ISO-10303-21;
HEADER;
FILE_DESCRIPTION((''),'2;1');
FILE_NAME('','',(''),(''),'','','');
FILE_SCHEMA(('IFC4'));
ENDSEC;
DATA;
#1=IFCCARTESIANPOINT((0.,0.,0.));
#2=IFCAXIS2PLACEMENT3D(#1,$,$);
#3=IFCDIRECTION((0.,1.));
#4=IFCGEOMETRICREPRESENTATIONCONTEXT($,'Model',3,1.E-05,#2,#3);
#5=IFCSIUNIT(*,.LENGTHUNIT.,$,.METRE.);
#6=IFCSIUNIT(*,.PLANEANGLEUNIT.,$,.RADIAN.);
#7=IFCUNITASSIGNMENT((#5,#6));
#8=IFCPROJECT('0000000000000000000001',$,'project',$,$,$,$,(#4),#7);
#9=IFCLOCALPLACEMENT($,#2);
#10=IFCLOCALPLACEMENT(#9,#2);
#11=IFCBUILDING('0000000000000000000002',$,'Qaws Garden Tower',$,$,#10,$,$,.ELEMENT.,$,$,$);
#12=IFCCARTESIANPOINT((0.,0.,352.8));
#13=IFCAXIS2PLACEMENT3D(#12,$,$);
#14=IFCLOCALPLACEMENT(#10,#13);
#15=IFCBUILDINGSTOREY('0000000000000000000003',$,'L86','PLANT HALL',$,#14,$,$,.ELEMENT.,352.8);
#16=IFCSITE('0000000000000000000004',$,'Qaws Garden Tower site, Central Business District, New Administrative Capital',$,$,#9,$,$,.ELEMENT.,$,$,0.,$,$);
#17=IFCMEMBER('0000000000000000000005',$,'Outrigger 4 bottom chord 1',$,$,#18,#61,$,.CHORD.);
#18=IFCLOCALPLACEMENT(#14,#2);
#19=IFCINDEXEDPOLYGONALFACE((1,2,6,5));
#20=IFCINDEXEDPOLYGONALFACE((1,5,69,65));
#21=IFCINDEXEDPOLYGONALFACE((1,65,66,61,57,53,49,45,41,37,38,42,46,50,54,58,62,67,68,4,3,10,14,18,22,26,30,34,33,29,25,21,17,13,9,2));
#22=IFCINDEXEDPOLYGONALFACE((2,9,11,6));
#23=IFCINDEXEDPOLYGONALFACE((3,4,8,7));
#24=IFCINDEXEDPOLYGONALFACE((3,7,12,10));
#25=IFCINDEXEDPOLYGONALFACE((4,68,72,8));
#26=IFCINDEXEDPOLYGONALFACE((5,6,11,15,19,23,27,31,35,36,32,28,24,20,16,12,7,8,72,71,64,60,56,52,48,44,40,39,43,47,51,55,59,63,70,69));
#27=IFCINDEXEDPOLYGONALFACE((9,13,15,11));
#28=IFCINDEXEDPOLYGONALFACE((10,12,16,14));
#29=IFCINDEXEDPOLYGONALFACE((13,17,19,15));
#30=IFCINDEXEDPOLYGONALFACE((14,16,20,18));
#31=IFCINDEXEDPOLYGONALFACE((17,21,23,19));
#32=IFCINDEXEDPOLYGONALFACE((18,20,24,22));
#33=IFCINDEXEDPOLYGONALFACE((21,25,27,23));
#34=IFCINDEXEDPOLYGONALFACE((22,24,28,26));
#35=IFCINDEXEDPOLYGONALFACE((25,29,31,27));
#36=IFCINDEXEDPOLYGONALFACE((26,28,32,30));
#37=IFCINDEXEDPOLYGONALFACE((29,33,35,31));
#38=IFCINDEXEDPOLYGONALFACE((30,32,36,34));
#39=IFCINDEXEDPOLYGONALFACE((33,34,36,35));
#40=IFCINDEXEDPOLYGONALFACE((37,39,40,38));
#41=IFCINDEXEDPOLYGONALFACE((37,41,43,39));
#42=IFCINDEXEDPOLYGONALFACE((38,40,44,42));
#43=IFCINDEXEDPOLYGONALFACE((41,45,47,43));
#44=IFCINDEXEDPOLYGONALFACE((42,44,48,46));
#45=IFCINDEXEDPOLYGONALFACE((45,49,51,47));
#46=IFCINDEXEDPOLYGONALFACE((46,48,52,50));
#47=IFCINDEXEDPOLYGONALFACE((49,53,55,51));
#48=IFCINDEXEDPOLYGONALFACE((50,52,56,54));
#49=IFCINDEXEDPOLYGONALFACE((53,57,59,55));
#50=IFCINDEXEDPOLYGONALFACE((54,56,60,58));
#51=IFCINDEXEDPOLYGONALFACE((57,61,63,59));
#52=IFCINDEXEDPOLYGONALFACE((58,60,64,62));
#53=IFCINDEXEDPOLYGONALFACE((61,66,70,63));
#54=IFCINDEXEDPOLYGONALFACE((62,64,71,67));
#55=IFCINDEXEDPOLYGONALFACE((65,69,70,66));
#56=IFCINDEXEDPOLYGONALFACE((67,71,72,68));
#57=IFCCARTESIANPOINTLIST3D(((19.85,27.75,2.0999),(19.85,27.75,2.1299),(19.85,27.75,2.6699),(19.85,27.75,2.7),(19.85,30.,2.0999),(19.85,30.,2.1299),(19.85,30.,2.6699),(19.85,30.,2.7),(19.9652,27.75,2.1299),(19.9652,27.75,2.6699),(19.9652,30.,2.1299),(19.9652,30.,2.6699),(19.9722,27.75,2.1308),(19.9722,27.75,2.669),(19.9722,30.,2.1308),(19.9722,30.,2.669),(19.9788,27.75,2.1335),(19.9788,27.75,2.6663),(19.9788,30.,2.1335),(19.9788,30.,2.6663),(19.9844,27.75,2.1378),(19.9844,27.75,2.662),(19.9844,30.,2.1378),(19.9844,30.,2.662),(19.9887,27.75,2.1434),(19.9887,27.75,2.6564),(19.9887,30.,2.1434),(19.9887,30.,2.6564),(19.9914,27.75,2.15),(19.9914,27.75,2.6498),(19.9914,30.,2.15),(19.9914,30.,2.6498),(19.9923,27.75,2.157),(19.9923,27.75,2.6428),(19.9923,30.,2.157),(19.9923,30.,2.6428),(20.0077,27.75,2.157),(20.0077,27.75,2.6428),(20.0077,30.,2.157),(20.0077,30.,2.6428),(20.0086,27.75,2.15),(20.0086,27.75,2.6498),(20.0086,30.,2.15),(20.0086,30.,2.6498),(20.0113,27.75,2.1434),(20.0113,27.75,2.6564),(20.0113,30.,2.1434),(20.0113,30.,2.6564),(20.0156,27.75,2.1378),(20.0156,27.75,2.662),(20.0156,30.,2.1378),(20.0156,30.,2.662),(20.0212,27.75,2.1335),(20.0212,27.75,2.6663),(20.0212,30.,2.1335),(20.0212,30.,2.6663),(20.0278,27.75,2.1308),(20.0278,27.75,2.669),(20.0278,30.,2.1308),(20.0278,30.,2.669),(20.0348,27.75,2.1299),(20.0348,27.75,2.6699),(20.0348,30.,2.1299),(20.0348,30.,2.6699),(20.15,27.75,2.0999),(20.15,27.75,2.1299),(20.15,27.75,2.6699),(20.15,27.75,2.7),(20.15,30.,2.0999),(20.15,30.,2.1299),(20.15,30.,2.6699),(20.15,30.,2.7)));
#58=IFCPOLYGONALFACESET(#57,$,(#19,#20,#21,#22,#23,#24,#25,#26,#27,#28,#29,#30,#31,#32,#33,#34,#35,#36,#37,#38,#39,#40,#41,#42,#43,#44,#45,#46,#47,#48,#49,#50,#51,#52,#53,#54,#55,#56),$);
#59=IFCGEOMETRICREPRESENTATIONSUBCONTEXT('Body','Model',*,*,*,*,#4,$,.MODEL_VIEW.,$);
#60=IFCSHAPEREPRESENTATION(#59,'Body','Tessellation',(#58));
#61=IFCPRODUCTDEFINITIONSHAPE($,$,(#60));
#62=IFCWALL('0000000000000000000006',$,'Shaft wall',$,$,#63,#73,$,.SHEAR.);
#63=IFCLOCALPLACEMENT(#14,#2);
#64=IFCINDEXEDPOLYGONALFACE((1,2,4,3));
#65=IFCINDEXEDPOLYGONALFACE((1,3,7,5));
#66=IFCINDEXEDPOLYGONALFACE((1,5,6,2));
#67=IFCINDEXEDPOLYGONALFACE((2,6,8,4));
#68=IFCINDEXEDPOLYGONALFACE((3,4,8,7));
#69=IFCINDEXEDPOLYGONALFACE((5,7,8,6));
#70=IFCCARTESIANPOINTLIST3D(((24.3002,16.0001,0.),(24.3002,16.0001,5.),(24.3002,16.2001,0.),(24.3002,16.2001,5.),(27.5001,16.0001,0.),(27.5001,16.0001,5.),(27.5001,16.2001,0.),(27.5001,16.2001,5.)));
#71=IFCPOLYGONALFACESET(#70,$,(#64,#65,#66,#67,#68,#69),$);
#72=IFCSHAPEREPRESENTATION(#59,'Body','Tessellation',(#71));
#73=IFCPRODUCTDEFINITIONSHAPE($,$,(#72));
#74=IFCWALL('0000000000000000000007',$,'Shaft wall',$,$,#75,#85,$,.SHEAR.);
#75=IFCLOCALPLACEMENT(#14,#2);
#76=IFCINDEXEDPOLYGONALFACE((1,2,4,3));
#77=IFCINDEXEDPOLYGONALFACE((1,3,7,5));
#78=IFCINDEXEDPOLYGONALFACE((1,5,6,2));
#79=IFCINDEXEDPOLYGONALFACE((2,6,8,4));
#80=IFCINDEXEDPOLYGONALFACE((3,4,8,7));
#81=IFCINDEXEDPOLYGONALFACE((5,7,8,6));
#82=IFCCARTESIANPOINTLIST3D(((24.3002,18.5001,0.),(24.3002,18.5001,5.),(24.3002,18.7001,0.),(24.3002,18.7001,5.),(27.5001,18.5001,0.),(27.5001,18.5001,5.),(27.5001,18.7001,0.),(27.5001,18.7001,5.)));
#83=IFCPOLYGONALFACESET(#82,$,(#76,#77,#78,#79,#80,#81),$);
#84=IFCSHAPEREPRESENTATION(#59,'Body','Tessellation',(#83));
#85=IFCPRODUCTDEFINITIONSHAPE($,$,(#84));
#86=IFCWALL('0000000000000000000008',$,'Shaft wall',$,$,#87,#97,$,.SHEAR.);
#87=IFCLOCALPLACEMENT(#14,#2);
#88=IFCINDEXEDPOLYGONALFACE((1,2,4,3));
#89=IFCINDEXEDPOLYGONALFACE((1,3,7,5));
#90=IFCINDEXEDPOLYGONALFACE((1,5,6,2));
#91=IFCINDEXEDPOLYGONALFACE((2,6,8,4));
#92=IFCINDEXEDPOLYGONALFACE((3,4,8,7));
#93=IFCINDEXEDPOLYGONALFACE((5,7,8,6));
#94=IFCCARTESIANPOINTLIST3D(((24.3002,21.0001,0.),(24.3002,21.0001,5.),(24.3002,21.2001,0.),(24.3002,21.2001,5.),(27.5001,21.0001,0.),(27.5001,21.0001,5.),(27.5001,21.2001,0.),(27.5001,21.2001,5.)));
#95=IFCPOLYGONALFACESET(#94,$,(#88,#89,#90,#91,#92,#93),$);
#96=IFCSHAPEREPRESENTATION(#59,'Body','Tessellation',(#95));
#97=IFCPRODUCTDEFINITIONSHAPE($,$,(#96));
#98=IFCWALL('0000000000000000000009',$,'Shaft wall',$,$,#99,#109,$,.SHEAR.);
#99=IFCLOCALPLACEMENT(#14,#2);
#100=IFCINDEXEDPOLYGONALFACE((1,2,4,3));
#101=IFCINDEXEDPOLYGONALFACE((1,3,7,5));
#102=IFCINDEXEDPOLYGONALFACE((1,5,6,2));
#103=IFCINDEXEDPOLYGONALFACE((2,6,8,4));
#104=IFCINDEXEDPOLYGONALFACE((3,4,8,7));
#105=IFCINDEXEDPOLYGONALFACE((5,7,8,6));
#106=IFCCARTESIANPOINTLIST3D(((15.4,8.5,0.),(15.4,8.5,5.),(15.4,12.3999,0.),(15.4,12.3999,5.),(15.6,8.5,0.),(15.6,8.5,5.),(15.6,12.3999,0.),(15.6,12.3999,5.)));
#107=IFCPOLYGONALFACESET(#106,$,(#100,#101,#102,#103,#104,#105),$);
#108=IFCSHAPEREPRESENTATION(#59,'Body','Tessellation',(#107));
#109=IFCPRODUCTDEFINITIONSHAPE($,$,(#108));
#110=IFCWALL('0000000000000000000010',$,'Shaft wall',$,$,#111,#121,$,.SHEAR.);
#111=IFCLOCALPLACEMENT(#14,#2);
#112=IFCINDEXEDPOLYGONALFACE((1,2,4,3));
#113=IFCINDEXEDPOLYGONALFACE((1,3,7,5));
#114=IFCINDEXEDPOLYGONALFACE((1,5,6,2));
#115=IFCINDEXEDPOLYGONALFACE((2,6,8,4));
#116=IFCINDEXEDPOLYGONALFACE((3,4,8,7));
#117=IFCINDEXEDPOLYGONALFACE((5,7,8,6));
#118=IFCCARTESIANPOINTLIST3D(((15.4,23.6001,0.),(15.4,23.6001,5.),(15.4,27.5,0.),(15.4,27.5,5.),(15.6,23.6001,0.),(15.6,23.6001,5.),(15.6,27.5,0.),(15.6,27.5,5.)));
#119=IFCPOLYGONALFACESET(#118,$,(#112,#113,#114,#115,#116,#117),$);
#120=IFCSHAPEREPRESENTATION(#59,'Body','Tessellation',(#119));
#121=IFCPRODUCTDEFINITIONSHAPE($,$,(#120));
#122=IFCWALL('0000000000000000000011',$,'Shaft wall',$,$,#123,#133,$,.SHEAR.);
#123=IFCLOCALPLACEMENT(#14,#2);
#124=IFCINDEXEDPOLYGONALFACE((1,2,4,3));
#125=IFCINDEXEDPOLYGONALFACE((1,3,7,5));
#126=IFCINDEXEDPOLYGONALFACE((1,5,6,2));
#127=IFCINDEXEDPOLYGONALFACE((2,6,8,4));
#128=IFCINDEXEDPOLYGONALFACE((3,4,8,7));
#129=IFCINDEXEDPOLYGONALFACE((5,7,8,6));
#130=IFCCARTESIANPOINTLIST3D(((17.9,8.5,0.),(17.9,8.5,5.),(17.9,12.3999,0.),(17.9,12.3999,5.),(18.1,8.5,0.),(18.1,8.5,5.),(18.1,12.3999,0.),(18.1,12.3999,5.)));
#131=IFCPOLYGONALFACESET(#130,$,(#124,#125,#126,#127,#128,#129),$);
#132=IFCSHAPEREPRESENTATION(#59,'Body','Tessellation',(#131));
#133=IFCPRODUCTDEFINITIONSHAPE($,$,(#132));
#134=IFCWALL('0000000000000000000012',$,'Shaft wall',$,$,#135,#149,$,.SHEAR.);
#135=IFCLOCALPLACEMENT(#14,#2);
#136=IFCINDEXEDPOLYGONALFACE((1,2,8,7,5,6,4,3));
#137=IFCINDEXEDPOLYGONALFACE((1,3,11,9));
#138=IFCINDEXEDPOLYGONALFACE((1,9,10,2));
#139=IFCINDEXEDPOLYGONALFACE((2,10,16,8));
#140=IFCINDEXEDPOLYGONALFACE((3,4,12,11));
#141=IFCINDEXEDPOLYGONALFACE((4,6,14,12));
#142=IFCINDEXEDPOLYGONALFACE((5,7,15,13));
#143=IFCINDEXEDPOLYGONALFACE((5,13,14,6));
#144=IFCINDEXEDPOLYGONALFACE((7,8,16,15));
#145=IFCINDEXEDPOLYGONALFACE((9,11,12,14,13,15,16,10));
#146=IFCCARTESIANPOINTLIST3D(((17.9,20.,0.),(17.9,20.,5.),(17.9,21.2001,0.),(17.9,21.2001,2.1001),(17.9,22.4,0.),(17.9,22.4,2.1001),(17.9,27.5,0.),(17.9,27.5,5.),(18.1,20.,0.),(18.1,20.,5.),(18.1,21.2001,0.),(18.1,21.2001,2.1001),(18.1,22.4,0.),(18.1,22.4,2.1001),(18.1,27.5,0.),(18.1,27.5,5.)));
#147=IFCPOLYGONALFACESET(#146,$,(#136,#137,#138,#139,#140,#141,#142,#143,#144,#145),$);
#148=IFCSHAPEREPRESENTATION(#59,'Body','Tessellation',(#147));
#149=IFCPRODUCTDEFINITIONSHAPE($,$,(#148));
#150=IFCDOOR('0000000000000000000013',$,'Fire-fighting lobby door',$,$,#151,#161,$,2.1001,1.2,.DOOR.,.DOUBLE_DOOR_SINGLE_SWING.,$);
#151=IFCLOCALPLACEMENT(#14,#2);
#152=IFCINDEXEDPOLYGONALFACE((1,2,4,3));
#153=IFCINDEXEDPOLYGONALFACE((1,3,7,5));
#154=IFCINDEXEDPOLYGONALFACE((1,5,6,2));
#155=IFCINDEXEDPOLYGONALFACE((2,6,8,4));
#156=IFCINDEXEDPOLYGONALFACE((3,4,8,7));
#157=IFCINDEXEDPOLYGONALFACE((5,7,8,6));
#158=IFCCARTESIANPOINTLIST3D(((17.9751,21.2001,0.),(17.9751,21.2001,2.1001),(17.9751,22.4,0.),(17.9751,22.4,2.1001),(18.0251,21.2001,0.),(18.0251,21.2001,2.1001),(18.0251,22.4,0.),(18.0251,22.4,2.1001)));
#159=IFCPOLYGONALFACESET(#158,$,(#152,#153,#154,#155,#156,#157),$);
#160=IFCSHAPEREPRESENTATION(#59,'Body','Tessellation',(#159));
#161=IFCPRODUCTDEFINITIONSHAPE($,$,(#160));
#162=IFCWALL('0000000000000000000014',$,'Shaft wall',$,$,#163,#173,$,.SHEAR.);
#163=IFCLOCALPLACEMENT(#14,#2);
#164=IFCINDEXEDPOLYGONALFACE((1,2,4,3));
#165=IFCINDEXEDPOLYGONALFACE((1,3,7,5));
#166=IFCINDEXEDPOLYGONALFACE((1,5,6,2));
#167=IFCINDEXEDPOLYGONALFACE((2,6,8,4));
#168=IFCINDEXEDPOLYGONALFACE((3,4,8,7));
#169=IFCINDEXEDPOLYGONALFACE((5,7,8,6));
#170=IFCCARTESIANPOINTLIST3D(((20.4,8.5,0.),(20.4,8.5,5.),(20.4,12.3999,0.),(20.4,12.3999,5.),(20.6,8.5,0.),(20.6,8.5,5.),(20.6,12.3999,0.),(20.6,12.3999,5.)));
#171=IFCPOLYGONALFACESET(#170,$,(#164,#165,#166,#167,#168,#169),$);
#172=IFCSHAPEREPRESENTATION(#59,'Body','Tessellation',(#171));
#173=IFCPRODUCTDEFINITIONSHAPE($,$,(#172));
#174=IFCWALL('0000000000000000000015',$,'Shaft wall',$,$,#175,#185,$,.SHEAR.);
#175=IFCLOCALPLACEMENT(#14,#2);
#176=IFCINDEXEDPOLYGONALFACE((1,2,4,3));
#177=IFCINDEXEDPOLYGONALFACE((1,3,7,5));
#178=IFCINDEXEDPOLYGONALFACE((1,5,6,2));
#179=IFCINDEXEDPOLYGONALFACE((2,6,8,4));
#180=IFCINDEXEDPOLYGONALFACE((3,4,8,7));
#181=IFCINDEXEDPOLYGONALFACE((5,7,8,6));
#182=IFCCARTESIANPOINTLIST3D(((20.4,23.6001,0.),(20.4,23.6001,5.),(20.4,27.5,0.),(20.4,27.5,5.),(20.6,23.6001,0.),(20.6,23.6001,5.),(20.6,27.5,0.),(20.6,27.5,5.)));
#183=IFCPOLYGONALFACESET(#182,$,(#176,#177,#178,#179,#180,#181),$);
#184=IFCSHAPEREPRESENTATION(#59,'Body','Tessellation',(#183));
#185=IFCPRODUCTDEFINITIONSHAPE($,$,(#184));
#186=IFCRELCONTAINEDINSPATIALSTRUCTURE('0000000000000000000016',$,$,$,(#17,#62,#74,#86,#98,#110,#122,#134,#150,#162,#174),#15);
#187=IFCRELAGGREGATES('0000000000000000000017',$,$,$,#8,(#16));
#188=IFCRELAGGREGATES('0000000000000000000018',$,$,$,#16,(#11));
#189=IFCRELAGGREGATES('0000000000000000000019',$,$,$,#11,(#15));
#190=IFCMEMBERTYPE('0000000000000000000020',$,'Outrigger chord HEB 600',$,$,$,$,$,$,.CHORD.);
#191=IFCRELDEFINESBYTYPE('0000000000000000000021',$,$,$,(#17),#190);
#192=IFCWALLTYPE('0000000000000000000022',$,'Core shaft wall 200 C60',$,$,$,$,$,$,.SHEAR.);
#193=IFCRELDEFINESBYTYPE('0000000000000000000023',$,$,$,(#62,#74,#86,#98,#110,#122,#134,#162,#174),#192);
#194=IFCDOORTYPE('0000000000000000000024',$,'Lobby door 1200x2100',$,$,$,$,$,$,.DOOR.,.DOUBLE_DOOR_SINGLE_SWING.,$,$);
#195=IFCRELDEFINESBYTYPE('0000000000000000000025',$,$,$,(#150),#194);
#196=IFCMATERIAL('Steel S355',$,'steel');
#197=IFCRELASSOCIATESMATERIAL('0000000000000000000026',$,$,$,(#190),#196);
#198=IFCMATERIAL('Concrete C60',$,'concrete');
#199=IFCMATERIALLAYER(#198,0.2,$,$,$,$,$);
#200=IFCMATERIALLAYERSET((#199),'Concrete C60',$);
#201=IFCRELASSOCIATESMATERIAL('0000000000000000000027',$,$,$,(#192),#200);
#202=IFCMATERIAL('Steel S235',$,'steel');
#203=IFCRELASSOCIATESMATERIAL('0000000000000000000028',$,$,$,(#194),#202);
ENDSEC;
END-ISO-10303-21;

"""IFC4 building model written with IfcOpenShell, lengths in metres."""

from ifc_helpers import new_model, si_unit, direction, frame, frame_2d, origin, origin_2d, place, context, subcontext, project, spatial, rectangle, i_section, extrude, material, layer, layer_set, material_profile, profile_set, type_object, element, fill, save


model = new_model("IFC4")

# Units and contexts
model_context = context("Model", 3, precision=1e-05, world=origin(), true_north=direction((0.0, 1.0)))
body_context = subcontext(model_context, "Body", "Model", "MODEL_VIEW")
ifc_project = project(units=[si_unit("LENGTHUNIT", "METRE"), si_unit("PLANEANGLEUNIT", "RADIAN")], contexts=[model_context])

# Site, building, storey
site_placement = place(None, origin())
site = spatial("IfcSite", under=ifc_project, at=site_placement, Name="Qaws Garden Tower site, Central Business District, New Administrative Capital", CompositionType="ELEMENT", RefElevation=0.0)
building_placement = place(site_placement, origin())
building = spatial("IfcBuilding", under=site, at=building_placement, Name="Qaws Garden Tower", CompositionType="ELEMENT")
storey_placement = place(building_placement, frame((0.0, 0.0, 352.8)))
storey = spatial("IfcBuildingStorey", under=building, at=storey_placement, Name="L86", Description="PLANT HALL", CompositionType="ELEMENT", Elevation=352.8)

# Member
ifc_material_1 = material(Name="Steel S355", Category="steel")
ifc_material_profile = material_profile(ifc_material_1, i_section(OverallWidth=0.3, OverallDepth=0.6001, WebThickness=0.0154, FlangeThickness=0.03, FilletRadius=0.0271, at=origin_2d()), Name="HEB 600")
ifc_profile_set = profile_set([ifc_material_profile], Name="Steel S355")
member_type = type_object("IfcMemberType", Name="Outrigger chord HEB 600", PredefinedType="CHORD", material=ifc_profile_set)
for number, where, z_axis, x_axis, name in (
    (1, (20.0, 27.75, 2.3999), (0.0, 1.0, 0.0), (-1.0, 0.0, 0.0), "Outrigger 4 bottom chord 1"),
):
    element("IfcMember", number, at=place(storey_placement, frame(where, z_axis=z_axis, x_axis=x_axis)), inside=storey, type_object=member_type, Name=name, PredefinedType="CHORD", context=body_context, shape_type="SweptSolid", body=[
        extrude(i_section(OverallWidth=0.3, OverallDepth=0.6001, WebThickness=0.0154, FlangeThickness=0.03, FilletRadius=0.0271, at=origin_2d()), origin(), (0.0, 0.0, 1.0), 2.25),
    ])

# Walls
ifc_material_2 = material(Name="Concrete C60", Category="concrete")
ifc_layer_1 = layer(ifc_material_2, 0.2)
ifc_layer_set_1 = layer_set([ifc_layer_1], Name="Concrete C60")
wall_type_1 = type_object("IfcWallType", Name="Core shaft wall 200 C60", PredefinedType="SHEAR", material=ifc_layer_set_1)
for number, where, z_axis, x_axis, name in (
    (2, (24.3, 16.1001, 0.0), (0.0, 0.0, 1.0), (1.0, 0.0, 0.0), "Shaft wall"),
    (3, (24.3, 18.6001, 0.0), (0.0, 0.0, 1.0), (1.0, 0.0, 0.0), "Shaft wall"),
    (4, (24.3, 21.1001, 0.0), (0.0, 0.0, 1.0), (1.0, 0.0, 0.0), "Shaft wall"),
):
    element("IfcWall", number, at=place(storey_placement, frame(where, z_axis=z_axis, x_axis=x_axis)), inside=storey, type_object=wall_type_1, Name=name, PredefinedType="SHEAR", context=body_context, shape_type="SweptSolid", body=[
        extrude(rectangle(XDim=3.2, YDim=0.2, at=frame_2d((1.6001, 0.0))), origin(), (0.0, 0.0, 1.0), 5.0),
    ])
for number, where, z_axis, x_axis, name in (
    (5, (15.5, 8.5, 0.0), (0.0, 0.0, 1.0), (0.0, 1.0, 0.0), "Shaft wall"),
    (6, (15.5, 23.6001, 0.0), (0.0, 0.0, 1.0), (0.0, 1.0, 0.0), "Shaft wall"),
    (7, (18.0, 8.5, 0.0), (0.0, 0.0, 1.0), (0.0, 1.0, 0.0), "Shaft wall"),
):
    element("IfcWall", number, at=place(storey_placement, frame(where, z_axis=z_axis, x_axis=x_axis)), inside=storey, type_object=wall_type_1, Name=name, PredefinedType="SHEAR", context=body_context, shape_type="SweptSolid", body=[
        extrude(rectangle(XDim=3.8999, YDim=0.2, at=frame_2d((1.95, 0.0))), origin(), (0.0, 0.0, 1.0), 5.0),
    ])

# Wall, opening, door
wall_1_placement = place(storey_placement, frame((18.0, 20.0, 0.0), z_axis=(0.0, 0.0, 1.0), x_axis=(0.0, 1.0, 0.0)))
wall_1 = element("IfcWall", 8, at=wall_1_placement, inside=storey, type_object=wall_type_1, Name="Shaft wall", PredefinedType="SHEAR", context=body_context, shape_type="SweptSolid", body=[
    extrude(rectangle(XDim=7.5, YDim=0.2, at=frame_2d((3.75, 0.0))), origin(), (0.0, 0.0, 1.0), 5.0),
])
opening_1_placement = place(wall_1_placement, frame((1.2, 0.0, 0.0)))
opening_1 = element("IfcOpeningElement", 9, at=opening_1_placement, cuts=wall_1, PredefinedType="OPENING", context=body_context, shape_type="SweptSolid", body=[
    extrude(rectangle(XDim=1.2, YDim=2.1001, at=frame_2d((0.6001, 1.05))), frame((0.0, 0.1099, 0.0), z_axis=(0.0, -1.0, 0.0), x_axis=(1.0, 0.0, 0.0)), (0.0, 0.0, 1.0), 0.22),
])
ifc_material_3 = material(Name="Steel S235", Category="steel")
door_type_1 = type_object("IfcDoorType", Name="Lobby door 1200x2100", OperationType="DOUBLE_DOOR_SINGLE_SWING", PredefinedType="DOOR", material=ifc_material_3)
door_1_placement = place(opening_1_placement, origin())
door_1 = element("IfcDoor", 10, at=door_1_placement, inside=storey, type_object=door_type_1, Name="Fire-fighting lobby door", OperationType="DOUBLE_DOOR_SINGLE_SWING", OverallHeight=2.1001, OverallWidth=1.2, PredefinedType="DOOR", context=body_context, shape_type="SweptSolid", body=[
    extrude(rectangle(XDim=1.2, YDim=2.1001, at=frame_2d((0.6001, 1.05))), frame((0.0, 0.0249, 0.0), z_axis=(0.0, -1.0, 0.0), x_axis=(1.0, 0.0, 0.0)), (0.0, 0.0, 1.0), 0.05),
])
fill(opening_1, door_1)

# Walls
for number, where, z_axis, x_axis, name in (
    (11, (20.5, 8.5, 0.0), (0.0, 0.0, 1.0), (0.0, 1.0, 0.0), "Shaft wall"),
    (12, (20.5, 23.6001, 0.0), (0.0, 0.0, 1.0), (0.0, 1.0, 0.0), "Shaft wall"),
):
    element("IfcWall", number, at=place(storey_placement, frame(where, z_axis=z_axis, x_axis=x_axis)), inside=storey, type_object=wall_type_1, Name=name, PredefinedType="SHEAR", context=body_context, shape_type="SweptSolid", body=[
        extrude(rectangle(XDim=3.8999, YDim=0.2, at=frame_2d((1.95, 0.0))), origin(), (0.0, 0.0, 1.0), 5.0),
    ])

save(model, "model.ifc")
